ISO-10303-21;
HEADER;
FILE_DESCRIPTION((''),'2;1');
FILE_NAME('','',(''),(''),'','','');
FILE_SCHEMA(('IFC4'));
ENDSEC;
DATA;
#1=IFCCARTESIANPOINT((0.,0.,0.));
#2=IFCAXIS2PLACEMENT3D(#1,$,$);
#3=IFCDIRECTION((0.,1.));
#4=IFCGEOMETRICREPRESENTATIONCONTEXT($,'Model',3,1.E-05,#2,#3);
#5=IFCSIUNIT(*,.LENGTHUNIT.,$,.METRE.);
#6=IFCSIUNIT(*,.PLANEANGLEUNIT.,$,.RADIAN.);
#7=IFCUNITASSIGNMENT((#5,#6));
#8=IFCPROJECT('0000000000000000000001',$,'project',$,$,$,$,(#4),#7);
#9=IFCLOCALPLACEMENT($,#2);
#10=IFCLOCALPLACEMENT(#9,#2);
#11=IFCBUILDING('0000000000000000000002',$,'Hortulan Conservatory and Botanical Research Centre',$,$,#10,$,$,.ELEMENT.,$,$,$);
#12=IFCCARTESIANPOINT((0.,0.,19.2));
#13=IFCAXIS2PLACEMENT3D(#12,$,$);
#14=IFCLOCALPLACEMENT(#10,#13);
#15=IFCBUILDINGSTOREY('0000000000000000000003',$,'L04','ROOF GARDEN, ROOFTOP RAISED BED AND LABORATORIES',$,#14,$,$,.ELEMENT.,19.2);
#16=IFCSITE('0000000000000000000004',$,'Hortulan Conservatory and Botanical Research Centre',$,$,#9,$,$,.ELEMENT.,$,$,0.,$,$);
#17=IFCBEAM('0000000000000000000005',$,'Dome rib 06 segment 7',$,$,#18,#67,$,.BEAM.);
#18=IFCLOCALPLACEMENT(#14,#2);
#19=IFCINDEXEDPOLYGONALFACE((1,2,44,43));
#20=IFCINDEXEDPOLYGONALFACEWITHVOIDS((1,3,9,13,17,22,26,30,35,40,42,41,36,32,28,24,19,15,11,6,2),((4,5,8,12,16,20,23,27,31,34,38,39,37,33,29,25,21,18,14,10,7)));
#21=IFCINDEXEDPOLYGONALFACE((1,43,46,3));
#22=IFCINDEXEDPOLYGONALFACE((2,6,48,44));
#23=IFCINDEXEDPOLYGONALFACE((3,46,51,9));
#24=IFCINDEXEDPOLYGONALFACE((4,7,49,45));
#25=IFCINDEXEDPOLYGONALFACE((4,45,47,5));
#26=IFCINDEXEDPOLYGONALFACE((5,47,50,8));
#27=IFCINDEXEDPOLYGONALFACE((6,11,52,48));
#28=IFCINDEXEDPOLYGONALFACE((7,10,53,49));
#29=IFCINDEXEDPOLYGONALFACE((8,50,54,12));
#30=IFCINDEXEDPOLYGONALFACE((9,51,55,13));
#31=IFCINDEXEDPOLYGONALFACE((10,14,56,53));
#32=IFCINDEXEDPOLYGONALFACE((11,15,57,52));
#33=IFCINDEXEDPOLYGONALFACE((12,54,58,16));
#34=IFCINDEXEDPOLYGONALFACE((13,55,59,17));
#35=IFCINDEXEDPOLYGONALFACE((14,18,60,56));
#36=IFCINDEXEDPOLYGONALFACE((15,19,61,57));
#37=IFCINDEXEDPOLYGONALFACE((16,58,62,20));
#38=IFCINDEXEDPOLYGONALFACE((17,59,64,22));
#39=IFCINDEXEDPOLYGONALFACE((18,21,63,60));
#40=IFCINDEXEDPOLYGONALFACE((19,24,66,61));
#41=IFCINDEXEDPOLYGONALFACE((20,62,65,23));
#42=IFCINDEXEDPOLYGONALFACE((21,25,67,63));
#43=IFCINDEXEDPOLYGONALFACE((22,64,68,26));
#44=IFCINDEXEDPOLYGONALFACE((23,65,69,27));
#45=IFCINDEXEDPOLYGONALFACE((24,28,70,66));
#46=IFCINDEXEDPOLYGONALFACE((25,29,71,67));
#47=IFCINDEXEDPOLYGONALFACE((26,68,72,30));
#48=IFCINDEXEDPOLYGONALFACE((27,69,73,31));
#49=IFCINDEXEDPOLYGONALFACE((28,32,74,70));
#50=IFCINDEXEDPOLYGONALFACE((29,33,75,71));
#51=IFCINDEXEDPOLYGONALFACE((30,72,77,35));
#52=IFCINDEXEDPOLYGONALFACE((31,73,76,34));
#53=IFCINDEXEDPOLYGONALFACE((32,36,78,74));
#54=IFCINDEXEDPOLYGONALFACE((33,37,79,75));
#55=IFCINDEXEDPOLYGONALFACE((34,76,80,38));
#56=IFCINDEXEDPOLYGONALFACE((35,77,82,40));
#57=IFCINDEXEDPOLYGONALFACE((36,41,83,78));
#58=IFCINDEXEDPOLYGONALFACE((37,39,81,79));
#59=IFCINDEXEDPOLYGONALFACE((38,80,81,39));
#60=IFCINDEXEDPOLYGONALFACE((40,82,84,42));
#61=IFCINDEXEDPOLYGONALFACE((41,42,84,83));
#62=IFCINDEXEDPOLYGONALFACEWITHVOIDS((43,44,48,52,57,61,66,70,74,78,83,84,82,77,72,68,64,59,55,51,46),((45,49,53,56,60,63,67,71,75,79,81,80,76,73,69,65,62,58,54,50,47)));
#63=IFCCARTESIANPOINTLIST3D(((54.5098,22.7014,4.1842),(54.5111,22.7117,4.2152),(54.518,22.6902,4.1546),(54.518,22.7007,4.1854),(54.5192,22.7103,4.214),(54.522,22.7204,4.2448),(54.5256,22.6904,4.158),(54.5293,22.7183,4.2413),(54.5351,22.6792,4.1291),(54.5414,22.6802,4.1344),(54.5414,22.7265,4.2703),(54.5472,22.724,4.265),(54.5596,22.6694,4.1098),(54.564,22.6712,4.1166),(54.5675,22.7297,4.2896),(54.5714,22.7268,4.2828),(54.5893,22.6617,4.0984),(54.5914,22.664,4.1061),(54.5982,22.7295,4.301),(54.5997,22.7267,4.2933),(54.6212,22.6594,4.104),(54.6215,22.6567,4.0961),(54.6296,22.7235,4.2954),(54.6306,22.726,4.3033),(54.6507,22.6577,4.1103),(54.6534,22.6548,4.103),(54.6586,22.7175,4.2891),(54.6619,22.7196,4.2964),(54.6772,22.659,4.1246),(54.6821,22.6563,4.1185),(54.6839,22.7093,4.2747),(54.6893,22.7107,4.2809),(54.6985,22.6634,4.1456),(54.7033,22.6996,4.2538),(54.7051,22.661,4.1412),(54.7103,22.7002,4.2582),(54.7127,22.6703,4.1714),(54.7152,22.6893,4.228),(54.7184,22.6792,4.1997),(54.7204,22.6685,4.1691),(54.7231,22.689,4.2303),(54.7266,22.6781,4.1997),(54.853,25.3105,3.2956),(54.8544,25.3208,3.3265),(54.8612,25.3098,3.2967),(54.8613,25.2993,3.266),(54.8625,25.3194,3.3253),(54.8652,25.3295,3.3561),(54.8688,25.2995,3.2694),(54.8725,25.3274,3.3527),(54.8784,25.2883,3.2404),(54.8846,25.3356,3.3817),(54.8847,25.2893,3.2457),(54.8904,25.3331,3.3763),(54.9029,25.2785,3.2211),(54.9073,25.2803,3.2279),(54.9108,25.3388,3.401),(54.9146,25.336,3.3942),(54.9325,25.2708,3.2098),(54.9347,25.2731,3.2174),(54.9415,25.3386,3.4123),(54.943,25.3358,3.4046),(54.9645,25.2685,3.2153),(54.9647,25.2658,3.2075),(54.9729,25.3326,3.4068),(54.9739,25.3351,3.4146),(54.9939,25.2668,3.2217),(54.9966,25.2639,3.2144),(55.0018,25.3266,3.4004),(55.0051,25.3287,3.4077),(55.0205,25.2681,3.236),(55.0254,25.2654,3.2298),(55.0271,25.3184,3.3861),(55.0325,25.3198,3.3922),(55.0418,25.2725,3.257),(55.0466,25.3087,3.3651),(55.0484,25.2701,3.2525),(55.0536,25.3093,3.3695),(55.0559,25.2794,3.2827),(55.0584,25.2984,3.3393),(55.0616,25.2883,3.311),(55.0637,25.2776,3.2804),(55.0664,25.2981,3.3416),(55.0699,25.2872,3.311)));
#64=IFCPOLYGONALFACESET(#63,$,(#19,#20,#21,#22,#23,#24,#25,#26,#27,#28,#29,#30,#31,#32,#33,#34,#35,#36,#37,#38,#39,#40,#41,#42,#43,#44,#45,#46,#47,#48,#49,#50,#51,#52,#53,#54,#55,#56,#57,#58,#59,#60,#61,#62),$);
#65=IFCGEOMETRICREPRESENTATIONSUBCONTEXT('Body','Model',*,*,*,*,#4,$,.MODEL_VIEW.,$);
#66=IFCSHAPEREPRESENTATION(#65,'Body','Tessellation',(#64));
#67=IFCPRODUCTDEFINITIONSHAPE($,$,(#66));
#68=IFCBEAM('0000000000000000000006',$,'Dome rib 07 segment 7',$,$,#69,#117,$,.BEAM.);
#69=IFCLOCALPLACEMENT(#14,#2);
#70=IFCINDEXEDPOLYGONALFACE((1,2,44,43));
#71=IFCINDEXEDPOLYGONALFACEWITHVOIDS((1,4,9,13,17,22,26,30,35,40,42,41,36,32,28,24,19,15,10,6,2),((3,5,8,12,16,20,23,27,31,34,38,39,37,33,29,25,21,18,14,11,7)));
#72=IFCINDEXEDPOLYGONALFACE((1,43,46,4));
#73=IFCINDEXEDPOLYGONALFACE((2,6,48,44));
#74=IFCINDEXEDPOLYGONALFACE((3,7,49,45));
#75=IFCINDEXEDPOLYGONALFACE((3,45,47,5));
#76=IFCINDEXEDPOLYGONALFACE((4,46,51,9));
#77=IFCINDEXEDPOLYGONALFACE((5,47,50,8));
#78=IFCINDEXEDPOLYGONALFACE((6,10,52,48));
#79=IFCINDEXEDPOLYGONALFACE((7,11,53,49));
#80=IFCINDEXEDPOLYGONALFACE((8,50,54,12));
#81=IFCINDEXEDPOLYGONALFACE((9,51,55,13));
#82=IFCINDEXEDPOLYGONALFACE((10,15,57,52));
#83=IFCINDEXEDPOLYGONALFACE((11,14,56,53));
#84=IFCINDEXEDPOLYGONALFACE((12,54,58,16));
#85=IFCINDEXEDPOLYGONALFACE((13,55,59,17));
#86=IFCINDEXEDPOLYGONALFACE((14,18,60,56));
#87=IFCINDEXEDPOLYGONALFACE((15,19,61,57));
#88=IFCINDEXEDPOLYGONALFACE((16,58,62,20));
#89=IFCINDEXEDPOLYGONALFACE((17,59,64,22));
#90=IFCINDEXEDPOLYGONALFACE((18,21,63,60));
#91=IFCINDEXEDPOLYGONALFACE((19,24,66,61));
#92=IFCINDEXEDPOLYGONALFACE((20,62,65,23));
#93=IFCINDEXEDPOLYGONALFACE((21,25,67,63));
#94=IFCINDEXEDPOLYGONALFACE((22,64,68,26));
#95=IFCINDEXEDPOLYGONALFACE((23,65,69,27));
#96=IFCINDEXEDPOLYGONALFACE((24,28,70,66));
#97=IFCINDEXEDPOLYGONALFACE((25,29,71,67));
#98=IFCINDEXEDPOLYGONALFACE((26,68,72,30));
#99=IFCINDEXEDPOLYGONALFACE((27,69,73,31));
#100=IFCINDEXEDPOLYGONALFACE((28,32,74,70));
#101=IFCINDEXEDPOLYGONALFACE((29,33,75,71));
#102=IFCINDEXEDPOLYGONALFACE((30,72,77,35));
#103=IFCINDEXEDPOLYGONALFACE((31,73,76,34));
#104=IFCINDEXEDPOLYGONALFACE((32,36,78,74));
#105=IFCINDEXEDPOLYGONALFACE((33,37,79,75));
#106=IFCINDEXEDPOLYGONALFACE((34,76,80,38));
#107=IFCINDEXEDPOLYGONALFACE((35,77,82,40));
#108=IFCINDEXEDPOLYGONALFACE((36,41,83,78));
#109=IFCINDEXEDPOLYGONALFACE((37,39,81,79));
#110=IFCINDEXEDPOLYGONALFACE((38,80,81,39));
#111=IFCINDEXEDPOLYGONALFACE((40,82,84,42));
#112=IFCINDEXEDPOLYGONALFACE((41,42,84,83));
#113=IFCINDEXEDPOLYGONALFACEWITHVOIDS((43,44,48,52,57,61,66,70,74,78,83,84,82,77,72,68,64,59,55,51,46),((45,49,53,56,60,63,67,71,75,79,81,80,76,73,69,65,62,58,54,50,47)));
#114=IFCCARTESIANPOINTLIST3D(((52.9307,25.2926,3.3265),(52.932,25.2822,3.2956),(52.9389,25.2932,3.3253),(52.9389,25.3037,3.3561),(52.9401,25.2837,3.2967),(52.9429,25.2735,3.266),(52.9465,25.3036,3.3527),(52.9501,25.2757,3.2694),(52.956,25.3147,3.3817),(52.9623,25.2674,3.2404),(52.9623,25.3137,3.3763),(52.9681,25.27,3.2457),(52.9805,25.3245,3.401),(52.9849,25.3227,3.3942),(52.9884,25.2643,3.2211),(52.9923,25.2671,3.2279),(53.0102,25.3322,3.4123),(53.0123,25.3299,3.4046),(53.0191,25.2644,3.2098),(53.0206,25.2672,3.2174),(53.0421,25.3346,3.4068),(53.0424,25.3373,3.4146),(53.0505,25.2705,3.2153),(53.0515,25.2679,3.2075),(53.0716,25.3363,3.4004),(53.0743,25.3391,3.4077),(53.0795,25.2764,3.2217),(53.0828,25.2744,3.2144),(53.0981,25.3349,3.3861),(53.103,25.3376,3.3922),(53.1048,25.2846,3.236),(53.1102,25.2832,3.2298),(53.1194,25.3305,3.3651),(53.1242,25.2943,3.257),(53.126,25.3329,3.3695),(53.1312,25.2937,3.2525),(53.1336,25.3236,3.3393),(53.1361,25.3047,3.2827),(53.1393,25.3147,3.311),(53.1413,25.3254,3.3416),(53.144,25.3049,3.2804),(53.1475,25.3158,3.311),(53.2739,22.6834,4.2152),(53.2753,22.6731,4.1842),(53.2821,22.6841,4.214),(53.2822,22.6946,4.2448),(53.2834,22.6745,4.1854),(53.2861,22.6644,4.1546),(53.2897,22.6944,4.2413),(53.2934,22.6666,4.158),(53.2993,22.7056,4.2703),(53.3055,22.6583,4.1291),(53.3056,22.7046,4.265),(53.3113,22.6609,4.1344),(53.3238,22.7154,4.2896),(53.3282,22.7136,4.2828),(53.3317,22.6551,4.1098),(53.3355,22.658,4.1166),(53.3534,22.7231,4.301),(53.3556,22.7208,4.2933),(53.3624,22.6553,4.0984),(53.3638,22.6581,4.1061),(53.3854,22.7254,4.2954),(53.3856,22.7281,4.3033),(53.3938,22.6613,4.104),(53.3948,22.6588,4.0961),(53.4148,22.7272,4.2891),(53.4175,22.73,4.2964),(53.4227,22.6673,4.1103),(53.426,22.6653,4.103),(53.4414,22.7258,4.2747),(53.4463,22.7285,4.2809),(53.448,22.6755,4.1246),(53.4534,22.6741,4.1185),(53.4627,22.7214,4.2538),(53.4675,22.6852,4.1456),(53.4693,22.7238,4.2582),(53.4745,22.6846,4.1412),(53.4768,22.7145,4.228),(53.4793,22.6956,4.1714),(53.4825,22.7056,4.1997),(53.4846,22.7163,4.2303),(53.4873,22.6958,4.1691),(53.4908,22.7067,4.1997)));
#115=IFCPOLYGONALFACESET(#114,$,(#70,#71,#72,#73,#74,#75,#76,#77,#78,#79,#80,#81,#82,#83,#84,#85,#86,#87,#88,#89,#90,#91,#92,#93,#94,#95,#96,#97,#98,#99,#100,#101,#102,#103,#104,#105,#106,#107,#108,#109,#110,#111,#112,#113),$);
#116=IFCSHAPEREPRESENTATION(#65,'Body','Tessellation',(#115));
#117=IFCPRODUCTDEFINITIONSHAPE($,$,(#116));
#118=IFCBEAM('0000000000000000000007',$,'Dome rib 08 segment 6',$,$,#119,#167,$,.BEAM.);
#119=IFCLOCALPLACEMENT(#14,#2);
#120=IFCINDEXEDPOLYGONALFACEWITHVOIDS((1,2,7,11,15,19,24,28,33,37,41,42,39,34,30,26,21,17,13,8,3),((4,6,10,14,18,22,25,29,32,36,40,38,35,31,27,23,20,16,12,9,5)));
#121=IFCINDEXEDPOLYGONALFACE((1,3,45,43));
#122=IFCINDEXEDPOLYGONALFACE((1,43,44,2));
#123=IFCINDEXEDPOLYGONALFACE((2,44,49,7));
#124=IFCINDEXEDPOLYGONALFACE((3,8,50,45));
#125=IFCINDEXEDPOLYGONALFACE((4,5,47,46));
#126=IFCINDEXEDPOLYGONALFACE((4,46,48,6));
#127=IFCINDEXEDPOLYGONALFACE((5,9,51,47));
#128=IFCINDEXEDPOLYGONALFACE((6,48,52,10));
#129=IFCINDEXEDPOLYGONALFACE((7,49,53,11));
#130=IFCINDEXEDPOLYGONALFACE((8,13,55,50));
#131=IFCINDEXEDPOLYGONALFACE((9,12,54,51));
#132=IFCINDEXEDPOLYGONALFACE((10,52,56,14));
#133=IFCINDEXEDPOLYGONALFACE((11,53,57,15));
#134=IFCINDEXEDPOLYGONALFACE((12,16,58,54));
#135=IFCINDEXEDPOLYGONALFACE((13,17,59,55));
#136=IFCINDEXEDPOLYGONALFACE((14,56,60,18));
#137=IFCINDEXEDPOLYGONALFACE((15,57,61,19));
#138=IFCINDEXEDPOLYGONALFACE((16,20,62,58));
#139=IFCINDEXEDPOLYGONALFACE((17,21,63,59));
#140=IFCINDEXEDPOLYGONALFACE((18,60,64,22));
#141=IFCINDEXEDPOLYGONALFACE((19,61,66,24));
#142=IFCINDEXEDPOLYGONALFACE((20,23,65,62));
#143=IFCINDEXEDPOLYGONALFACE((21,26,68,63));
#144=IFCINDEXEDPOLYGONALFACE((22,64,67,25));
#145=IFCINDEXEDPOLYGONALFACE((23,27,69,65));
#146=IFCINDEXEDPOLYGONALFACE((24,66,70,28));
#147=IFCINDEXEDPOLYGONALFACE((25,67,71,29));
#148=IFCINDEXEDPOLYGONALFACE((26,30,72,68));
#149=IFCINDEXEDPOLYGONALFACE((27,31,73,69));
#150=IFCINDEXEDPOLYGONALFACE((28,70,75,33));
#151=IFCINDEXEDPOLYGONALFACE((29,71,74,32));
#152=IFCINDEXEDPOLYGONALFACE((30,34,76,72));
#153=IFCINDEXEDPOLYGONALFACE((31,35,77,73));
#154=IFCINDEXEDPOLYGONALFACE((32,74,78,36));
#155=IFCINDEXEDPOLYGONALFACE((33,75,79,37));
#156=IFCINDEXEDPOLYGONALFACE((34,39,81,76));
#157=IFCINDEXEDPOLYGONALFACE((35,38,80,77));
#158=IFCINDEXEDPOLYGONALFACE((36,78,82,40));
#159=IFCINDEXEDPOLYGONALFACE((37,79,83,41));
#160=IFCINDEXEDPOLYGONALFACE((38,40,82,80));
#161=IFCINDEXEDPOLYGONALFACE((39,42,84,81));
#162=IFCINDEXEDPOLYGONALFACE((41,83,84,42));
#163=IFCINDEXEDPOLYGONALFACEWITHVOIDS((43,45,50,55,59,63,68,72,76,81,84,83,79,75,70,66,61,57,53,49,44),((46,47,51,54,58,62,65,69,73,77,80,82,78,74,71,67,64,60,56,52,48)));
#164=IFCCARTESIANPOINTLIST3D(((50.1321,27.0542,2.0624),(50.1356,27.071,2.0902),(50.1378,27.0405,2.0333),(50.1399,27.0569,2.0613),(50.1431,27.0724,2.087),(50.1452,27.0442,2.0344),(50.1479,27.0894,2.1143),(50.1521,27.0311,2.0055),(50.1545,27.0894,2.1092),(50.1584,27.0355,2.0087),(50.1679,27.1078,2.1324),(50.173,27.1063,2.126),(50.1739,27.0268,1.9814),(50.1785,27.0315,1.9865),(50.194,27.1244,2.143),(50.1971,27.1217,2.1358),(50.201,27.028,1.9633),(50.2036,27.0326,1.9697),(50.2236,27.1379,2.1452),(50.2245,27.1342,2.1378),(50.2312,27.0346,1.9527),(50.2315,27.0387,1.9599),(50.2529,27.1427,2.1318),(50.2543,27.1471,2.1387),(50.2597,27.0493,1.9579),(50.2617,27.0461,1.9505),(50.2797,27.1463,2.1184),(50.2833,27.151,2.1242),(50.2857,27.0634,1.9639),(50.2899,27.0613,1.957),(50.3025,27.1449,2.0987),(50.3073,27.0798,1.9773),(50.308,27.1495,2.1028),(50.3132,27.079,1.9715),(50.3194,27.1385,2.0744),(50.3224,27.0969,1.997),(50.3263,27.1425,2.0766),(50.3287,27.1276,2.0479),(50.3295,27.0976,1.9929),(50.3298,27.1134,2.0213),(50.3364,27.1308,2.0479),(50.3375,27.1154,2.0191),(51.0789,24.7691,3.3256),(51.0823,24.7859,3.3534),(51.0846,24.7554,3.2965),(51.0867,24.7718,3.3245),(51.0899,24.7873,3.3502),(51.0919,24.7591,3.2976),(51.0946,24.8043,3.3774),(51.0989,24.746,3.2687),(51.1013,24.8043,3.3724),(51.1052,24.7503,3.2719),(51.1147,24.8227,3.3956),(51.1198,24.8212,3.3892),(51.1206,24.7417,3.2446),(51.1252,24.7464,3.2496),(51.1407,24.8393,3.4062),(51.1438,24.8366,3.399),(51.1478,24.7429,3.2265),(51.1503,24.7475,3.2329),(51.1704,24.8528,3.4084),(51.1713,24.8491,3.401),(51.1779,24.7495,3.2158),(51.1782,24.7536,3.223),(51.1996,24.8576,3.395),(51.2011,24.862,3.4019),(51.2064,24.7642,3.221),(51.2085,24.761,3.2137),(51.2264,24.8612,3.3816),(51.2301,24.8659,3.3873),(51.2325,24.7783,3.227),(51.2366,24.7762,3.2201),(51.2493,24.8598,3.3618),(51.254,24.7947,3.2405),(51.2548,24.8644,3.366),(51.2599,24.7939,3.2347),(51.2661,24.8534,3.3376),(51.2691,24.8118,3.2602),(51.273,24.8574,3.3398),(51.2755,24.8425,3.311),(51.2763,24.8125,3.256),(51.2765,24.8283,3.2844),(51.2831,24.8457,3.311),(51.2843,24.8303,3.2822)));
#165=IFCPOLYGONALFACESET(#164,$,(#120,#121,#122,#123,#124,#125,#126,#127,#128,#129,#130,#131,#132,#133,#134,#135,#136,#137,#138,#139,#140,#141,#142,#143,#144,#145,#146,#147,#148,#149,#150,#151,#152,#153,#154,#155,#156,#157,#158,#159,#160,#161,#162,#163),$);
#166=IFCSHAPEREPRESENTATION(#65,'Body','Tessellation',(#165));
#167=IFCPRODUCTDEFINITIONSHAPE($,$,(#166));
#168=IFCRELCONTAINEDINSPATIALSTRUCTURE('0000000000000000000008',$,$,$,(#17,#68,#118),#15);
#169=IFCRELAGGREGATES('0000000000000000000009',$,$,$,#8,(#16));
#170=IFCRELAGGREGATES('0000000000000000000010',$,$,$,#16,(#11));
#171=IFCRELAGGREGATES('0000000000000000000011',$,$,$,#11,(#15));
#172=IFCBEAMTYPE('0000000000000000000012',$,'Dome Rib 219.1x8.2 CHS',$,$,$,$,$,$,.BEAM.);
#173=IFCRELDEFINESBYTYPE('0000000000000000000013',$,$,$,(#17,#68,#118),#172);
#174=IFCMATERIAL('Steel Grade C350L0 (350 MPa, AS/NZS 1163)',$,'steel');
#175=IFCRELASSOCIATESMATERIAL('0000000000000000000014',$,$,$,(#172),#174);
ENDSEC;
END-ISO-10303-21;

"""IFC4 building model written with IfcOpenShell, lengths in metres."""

from ifc_helpers import new_model, si_unit, direction, frame, origin, origin_2d, place, context, subcontext, project, spatial, hollow_circle, extrude, material, material_profile, profile_set, type_object, element, save


model = new_model("IFC4")

# Units and contexts
model_context = context("Model", 3, precision=1e-05, world=origin(), true_north=direction((0.0, 1.0)))
body_context = subcontext(model_context, "Body", "Model", "MODEL_VIEW")
ifc_project = project(units=[si_unit("LENGTHUNIT", "METRE"), si_unit("PLANEANGLEUNIT", "RADIAN")], contexts=[model_context])

# Site, building, storey
site_placement = place(None, origin())
site = spatial("IfcSite", under=ifc_project, at=site_placement, Name="Hortulan Conservatory and Botanical Research Centre", CompositionType="ELEMENT", RefElevation=0.0)
building_placement = place(site_placement, origin())
building = spatial("IfcBuilding", under=site, at=building_placement, Name="Hortulan Conservatory and Botanical Research Centre", CompositionType="ELEMENT")
storey_placement = place(building_placement, frame((0.0, 0.0, 19.2)))
storey = spatial("IfcBuildingStorey", under=building, at=storey_placement, Name="L04", Description="ROOF GARDEN, ROOFTOP RAISED BED AND LABORATORIES", CompositionType="ELEMENT", Elevation=19.2)

# Beams
ifc_material_1 = material(Name="Steel Grade C350L0 (350 MPa, AS/NZS 1163)", Category="steel")
ifc_material_profile_1 = material_profile(ifc_material_1, hollow_circle(Radius=0.1096, WallThickness=0.0083, at=origin_2d()), Name="219.1x8.2CHS")
ifc_profile_set_1 = profile_set([ifc_material_profile_1], Name="Steel Grade C350L0 (350 MPa, AS/NZS 1163)")
beam_type = type_object("IfcBeamType", Name="Dome Rib 219.1x8.2 CHS", PredefinedType="BEAM", material=ifc_profile_set_1)
for number, where, z_axis, x_axis, name in (
    (1, (54.9612, 25.3015, 3.311), (-0.123582, -0.939343, 0.319941), (0.991457, -0.130438, 0.0), "Dome rib 06 segment 7"),
    (2, (53.0388, 25.3015, 3.311), (0.123582, -0.939343, 0.319941), (0.991457, 0.130438, 0.0), "Dome rib 07 segment 7"),
):
    element("IfcBeam", number, at=place(storey_placement, frame(where, z_axis=z_axis, x_axis=x_axis)), inside=storey, type_object=beam_type, Name=name, PredefinedType="BEAM", context=body_context, shape_type="SweptSolid", body=[
        extrude(hollow_circle(Radius=0.1096, WallThickness=0.0083, at=origin_2d()), origin(), (0.0, 0.0, 1.0), 2.7776),
    ])
beam_1_placement = place(storey_placement, frame((50.2351, 27.0889, 2.0479), z_axis=(0.340886, -0.822768, 0.454808), x_axis=(0.923846, 0.382764, 0.0)))
element("IfcBeam", 3, at=beam_1_placement, inside=storey, type_object=beam_type, Name="Dome rib 08 segment 6", PredefinedType="BEAM", context=body_context, shape_type="SweptSolid", body=[
    extrude(hollow_circle(Radius=0.1096, WallThickness=0.0083, at=origin_2d()), origin(), (0.0, 0.0, 1.0), 2.7773),
])

save(model, "model.ifc")
